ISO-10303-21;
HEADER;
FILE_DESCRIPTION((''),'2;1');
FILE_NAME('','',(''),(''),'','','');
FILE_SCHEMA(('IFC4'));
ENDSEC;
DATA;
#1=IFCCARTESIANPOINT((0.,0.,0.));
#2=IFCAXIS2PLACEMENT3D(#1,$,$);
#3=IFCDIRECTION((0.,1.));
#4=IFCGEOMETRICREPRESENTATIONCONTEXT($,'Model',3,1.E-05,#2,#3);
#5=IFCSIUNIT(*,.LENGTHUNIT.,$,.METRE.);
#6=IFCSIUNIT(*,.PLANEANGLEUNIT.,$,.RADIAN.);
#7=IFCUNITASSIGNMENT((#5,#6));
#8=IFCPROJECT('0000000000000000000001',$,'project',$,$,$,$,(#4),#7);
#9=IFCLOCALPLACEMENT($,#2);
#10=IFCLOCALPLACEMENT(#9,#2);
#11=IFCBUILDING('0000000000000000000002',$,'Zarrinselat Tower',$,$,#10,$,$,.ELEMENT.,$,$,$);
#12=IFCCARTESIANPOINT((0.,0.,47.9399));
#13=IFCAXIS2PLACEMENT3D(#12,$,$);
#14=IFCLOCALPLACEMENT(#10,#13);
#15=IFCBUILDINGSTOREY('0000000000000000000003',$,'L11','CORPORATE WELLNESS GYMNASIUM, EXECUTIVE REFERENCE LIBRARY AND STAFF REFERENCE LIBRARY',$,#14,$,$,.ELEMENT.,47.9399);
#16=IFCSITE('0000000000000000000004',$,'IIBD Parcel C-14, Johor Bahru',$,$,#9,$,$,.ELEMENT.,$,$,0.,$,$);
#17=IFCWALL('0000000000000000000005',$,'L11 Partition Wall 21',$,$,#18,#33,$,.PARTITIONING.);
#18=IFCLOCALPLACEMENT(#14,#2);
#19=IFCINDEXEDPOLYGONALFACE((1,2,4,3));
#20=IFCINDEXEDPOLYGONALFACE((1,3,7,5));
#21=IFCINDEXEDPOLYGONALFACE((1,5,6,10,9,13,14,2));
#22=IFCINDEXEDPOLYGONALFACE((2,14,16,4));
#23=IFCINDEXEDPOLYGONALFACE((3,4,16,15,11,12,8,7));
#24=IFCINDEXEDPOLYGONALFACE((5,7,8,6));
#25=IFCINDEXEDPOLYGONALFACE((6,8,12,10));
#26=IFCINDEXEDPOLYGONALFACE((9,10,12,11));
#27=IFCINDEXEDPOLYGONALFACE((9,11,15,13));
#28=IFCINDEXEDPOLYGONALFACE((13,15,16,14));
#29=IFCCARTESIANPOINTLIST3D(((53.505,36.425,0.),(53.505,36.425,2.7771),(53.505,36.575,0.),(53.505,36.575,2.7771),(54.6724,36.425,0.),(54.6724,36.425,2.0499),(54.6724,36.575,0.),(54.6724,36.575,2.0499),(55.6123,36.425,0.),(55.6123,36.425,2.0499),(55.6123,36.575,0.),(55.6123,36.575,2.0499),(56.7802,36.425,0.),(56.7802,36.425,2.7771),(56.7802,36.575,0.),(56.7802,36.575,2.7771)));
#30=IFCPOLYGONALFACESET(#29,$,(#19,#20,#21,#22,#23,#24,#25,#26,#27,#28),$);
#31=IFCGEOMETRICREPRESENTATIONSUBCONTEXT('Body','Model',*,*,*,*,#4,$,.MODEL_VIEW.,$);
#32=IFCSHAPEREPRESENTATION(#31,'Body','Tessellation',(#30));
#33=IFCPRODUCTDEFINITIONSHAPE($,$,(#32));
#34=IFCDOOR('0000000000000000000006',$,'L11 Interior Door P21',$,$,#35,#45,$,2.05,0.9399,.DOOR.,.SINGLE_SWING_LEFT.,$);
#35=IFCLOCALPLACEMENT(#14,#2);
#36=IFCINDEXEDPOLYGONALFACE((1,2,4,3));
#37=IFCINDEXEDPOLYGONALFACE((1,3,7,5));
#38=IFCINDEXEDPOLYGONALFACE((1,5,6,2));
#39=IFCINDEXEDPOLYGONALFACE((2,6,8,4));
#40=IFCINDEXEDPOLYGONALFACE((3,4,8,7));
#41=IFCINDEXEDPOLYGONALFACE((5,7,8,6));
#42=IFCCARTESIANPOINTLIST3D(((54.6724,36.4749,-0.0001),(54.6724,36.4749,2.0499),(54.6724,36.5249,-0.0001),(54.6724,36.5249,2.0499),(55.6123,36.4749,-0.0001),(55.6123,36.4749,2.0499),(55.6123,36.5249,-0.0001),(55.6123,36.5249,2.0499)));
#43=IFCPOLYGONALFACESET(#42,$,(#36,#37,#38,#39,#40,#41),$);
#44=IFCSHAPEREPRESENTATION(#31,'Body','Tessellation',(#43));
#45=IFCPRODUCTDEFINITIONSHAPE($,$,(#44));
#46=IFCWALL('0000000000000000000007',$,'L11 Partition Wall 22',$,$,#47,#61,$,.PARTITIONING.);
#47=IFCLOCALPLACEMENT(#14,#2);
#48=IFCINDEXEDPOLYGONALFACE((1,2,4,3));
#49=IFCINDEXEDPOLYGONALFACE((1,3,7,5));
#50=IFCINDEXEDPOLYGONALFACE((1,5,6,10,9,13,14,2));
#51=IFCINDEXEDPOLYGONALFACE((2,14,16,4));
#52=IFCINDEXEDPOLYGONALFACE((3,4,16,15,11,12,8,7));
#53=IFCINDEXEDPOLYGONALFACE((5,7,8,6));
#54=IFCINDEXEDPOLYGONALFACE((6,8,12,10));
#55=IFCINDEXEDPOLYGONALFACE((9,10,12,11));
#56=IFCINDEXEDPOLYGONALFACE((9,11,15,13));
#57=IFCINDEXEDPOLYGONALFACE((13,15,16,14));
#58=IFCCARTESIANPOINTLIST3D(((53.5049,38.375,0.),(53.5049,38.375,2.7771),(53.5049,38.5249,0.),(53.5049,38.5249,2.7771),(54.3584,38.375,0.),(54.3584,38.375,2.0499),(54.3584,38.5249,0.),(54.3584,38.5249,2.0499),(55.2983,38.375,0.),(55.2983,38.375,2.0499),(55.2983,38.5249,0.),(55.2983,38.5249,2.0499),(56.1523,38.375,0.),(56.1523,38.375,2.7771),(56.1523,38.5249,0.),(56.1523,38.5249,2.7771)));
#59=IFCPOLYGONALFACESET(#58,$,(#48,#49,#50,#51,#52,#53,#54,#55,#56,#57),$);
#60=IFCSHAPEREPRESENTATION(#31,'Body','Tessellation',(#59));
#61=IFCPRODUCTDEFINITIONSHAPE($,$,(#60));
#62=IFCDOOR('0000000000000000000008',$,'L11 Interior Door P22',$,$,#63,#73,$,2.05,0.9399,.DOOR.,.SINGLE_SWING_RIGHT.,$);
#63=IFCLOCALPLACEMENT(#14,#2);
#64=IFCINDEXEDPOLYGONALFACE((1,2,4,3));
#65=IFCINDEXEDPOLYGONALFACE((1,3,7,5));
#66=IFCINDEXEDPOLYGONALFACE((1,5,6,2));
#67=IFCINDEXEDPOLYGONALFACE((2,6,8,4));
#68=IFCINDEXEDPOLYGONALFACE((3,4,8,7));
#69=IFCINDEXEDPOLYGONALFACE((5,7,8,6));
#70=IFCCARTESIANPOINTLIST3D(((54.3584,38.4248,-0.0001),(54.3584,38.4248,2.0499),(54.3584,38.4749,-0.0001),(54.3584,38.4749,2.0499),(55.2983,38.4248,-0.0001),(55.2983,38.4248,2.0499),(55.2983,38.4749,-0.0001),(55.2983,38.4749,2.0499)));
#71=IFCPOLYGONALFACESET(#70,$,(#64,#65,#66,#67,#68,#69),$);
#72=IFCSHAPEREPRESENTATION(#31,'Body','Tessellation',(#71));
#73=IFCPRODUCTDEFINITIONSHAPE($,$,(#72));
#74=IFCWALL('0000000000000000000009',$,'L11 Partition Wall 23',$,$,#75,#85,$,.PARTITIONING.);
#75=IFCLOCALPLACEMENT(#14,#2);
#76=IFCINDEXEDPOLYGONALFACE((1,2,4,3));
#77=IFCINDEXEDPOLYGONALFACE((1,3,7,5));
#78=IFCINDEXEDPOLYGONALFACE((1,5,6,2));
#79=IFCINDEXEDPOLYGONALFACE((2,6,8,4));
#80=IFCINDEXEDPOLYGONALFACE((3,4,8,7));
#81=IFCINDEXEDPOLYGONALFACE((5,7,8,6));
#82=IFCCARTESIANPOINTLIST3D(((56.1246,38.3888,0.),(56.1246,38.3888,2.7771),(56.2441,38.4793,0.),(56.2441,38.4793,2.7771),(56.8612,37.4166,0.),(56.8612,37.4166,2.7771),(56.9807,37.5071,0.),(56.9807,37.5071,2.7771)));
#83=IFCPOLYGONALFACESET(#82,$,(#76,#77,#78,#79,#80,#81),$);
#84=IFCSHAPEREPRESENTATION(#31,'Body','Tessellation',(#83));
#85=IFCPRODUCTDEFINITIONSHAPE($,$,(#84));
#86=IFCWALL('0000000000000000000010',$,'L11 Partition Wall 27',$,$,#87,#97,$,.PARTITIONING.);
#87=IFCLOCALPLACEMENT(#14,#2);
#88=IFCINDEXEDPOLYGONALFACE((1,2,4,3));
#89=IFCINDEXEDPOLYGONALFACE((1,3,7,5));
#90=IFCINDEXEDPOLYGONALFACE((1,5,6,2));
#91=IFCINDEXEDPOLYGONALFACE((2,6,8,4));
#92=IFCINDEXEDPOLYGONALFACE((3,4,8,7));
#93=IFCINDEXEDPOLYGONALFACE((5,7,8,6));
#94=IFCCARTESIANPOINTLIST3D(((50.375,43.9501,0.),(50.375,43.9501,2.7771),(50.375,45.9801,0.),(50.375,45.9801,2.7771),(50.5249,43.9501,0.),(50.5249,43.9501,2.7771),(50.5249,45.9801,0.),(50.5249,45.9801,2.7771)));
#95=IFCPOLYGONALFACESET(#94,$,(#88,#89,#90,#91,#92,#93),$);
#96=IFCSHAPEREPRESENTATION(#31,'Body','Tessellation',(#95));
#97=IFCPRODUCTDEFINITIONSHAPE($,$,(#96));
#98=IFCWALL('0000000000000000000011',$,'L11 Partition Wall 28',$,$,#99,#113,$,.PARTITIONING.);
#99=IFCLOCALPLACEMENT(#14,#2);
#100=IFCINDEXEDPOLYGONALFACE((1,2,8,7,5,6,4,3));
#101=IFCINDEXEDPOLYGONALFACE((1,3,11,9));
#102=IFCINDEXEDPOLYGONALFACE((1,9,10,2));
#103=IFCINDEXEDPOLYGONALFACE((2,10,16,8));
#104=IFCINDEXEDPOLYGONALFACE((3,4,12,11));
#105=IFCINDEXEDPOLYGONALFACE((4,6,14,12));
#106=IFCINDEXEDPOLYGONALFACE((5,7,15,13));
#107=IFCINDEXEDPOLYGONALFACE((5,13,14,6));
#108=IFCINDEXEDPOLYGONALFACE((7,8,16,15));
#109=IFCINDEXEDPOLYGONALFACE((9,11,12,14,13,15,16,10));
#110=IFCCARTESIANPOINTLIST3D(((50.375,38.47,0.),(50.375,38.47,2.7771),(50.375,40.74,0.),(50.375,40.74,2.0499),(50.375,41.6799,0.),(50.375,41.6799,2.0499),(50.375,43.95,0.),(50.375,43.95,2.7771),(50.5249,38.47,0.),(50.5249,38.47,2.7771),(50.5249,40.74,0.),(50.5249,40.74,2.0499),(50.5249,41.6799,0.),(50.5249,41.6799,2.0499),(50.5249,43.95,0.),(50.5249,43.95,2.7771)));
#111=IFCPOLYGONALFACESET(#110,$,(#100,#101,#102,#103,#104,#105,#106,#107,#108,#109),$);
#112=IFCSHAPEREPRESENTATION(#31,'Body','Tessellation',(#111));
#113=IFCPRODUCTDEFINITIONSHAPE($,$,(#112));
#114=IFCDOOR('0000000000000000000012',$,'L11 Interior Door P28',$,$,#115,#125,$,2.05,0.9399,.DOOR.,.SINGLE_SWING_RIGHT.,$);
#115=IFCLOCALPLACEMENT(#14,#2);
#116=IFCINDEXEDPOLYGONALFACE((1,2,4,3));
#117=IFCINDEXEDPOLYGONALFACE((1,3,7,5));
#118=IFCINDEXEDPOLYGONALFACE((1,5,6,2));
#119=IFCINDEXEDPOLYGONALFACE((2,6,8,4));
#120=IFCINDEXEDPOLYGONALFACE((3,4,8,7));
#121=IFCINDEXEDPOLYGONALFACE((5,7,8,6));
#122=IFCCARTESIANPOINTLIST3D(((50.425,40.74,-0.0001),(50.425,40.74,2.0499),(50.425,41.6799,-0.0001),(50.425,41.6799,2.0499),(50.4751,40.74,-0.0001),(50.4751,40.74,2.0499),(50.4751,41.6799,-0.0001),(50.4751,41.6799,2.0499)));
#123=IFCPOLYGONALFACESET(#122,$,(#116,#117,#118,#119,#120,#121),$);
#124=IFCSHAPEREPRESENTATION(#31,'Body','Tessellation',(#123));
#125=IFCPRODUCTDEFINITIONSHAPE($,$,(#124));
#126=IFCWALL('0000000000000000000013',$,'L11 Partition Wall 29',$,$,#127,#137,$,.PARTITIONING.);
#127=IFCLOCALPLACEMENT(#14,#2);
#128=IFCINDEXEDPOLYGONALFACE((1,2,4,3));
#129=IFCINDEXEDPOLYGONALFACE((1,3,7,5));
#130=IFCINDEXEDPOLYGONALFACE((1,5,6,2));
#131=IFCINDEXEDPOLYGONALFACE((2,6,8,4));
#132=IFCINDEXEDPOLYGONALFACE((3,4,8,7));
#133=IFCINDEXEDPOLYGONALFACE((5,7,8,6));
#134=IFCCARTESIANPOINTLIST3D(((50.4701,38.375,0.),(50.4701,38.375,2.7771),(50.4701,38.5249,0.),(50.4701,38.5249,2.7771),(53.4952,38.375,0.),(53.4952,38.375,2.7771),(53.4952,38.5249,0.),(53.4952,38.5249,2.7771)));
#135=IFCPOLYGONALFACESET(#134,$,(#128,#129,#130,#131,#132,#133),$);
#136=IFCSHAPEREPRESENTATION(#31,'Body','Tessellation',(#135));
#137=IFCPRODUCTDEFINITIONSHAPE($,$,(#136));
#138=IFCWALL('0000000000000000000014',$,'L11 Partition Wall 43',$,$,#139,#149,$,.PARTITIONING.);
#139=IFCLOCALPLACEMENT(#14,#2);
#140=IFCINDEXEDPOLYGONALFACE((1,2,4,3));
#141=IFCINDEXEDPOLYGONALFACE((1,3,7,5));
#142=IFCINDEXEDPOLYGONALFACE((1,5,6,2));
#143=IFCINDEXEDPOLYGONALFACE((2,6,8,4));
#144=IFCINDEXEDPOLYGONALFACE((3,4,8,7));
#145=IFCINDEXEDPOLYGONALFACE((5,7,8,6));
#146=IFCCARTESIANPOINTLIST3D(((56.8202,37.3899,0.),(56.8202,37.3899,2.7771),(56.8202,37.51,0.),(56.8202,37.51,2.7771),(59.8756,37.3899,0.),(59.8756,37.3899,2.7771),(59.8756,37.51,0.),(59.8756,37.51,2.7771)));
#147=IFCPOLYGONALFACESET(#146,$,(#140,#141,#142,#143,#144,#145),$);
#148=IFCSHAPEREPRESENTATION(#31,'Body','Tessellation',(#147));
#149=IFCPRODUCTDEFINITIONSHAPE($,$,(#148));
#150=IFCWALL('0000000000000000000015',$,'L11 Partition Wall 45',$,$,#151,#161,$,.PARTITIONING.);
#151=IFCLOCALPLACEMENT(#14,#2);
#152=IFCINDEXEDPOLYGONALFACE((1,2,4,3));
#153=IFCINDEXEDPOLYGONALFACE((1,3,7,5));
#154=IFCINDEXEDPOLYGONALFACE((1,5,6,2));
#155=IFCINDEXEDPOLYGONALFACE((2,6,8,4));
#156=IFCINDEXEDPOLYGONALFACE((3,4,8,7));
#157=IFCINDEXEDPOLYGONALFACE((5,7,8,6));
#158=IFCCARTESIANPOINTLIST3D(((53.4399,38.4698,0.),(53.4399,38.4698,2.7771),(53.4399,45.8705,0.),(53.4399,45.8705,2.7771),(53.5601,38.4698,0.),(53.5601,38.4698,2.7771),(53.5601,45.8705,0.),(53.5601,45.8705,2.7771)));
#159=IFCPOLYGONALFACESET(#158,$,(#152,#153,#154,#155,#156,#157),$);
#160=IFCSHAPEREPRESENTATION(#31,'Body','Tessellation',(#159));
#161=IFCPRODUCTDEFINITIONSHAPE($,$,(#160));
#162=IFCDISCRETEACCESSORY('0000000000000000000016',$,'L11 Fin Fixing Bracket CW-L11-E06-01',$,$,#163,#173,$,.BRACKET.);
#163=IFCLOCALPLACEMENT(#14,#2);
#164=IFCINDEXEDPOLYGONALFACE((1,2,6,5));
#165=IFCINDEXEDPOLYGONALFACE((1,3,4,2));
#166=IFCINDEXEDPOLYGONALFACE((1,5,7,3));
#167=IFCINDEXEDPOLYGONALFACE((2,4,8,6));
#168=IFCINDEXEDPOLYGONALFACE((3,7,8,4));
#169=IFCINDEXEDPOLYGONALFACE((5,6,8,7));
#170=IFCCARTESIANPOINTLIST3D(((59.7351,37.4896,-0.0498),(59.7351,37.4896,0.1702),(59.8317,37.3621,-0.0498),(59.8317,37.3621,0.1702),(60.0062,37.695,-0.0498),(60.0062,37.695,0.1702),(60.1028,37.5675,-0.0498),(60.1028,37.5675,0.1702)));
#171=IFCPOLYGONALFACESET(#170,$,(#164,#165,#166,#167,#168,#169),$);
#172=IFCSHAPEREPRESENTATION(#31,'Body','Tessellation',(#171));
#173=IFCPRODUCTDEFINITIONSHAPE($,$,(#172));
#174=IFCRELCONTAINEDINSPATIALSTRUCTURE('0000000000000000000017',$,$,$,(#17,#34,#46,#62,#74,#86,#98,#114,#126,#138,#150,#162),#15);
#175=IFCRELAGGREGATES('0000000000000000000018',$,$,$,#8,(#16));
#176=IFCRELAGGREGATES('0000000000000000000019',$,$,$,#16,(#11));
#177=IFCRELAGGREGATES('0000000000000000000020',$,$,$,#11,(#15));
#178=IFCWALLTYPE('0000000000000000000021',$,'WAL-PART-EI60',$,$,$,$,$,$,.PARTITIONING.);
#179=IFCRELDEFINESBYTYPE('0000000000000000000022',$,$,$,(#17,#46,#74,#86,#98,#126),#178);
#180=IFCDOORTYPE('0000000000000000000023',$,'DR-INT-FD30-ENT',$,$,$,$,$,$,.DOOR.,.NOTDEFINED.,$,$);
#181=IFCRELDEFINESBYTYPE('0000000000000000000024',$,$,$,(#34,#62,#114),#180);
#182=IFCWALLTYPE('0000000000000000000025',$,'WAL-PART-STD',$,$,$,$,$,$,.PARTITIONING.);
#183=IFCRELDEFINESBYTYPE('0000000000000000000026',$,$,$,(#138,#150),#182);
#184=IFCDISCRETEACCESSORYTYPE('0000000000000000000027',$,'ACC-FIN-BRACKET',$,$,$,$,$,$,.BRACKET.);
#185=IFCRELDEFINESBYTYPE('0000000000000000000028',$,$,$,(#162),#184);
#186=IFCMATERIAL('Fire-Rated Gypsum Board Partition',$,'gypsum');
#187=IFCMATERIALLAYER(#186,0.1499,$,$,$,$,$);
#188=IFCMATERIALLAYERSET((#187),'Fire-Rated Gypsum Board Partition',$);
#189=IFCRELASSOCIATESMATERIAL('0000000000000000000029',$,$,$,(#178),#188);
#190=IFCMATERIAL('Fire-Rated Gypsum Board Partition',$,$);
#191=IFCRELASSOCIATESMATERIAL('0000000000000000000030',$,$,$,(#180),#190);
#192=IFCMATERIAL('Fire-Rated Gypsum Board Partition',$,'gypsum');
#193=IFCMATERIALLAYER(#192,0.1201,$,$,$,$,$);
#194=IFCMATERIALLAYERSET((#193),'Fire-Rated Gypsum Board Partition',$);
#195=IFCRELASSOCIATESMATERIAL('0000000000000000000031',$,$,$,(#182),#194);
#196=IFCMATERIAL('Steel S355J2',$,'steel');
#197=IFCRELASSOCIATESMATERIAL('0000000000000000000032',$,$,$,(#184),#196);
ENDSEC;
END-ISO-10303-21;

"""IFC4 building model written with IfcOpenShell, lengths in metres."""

from ifc_helpers import new_model, si_unit, direction, frame, frame_2d, origin, origin_2d, place, context, subcontext, project, spatial, rectangle, extrude, material, layer, layer_set, type_object, element, fill, save


model = new_model("IFC4")

# Units and contexts
model_context = context("Model", 3, precision=1e-05, world=origin(), true_north=direction((0.0, 1.0)))
body_context = subcontext(model_context, "Body", "Model", "MODEL_VIEW")
ifc_project = project(units=[si_unit("LENGTHUNIT", "METRE"), si_unit("PLANEANGLEUNIT", "RADIAN")], contexts=[model_context])

# Site, building, storey
site_placement = place(None, origin())
site = spatial("IfcSite", under=ifc_project, at=site_placement, Name="IIBD Parcel C-14, Johor Bahru", CompositionType="ELEMENT", RefElevation=0.0)
building_placement = place(site_placement, origin())
building = spatial("IfcBuilding", under=site, at=building_placement, Name="Zarrinselat Tower", CompositionType="ELEMENT")
storey_placement = place(building_placement, frame((0.0, 0.0, 47.9399)))
storey = spatial("IfcBuildingStorey", under=building, at=storey_placement, Name="L11", Description="CORPORATE WELLNESS GYMNASIUM, EXECUTIVE REFERENCE LIBRARY AND STAFF REFERENCE LIBRARY", CompositionType="ELEMENT", Elevation=47.9399)

# Shared definitions
ifc_material_1 = material(Name="Fire-Rated Gypsum Board Partition", Category="gypsum")
ifc_layer_1 = layer(ifc_material_1, 0.1499)
ifc_layer_set_1 = layer_set([ifc_layer_1], Name="Fire-Rated Gypsum Board Partition")
wall_type_1 = type_object("IfcWallType", Name="WAL-PART-EI60", PredefinedType="PARTITIONING", material=ifc_layer_set_1)

# Walls, openings, doors
wall_1_placement = place(storey_placement, frame((53.5049, 36.5, 0.0), z_axis=(0.0, 0.0, 1.0), x_axis=(1.0, 0.0, 0.0)))
wall_1 = element("IfcWall", 1, at=wall_1_placement, inside=storey, type_object=wall_type_1, Name="L11 Partition Wall 21", PredefinedType="PARTITIONING", context=body_context, shape_type="SweptSolid", body=[
    extrude(rectangle(XDim=3.2751, YDim=0.1499, at=frame_2d((1.6377, 0.0))), origin(), (0.0, 0.0, 1.0), 2.7771),
])
opening_1_placement = place(wall_1_placement, frame((1.1675, 0.0, 0.0)))
opening_1 = element("IfcOpeningElement", 2, at=opening_1_placement, cuts=wall_1, PredefinedType="OPENING", context=body_context, shape_type="SweptSolid", body=[
    extrude(rectangle(XDim=0.9399, YDim=2.05, at=frame_2d((0.47, 1.0249))), frame((0.0, 0.085, 0.0), z_axis=(0.0, -1.0, 0.0), x_axis=(1.0, 0.0, 0.0)), (0.0, 0.0, 1.0), 0.1699),
])
ifc_material_2 = material(Name="Fire-Rated Gypsum Board Partition")
door_type = type_object("IfcDoorType", Name="DR-INT-FD30-ENT", OperationType="NOTDEFINED", PredefinedType="DOOR", material=ifc_material_2)
door_1_placement = place(opening_1_placement, origin())
door_1 = element("IfcDoor", 3, at=door_1_placement, inside=storey, type_object=door_type, Name="L11 Interior Door P21", OperationType="SINGLE_SWING_LEFT", OverallHeight=2.05, OverallWidth=0.9399, PredefinedType="DOOR", context=body_context, shape_type="SweptSolid", body=[
    extrude(rectangle(XDim=0.9399, YDim=2.05, at=frame_2d((0.47, 1.0249))), frame((0.0, 0.0249, 0.0), z_axis=(0.0, -1.0, 0.0), x_axis=(1.0, 0.0, 0.0)), (0.0, 0.0, 1.0), 0.05),
])
fill(opening_1, door_1)
wall_2_placement = place(storey_placement, frame((53.5049, 38.45, 0.0), z_axis=(0.0, 0.0, 1.0), x_axis=(1.0, 0.0, 0.0)))
wall_2 = element("IfcWall", 4, at=wall_2_placement, inside=storey, type_object=wall_type_1, Name="L11 Partition Wall 22", PredefinedType="PARTITIONING", context=body_context, shape_type="SweptSolid", body=[
    extrude(rectangle(XDim=2.6475, YDim=0.1499, at=frame_2d((1.3237, 0.0))), origin(), (0.0, 0.0, 1.0), 2.7771),
])
opening_2_placement = place(wall_2_placement, frame((0.8535, 0.0, 0.0)))
opening_2 = element("IfcOpeningElement", 5, at=opening_2_placement, cuts=wall_2, PredefinedType="OPENING", context=body_context, shape_type="SweptSolid", body=[
    extrude(rectangle(XDim=0.9399, YDim=2.05, at=frame_2d((0.47, 1.0249))), frame((0.0, 0.085, 0.0), z_axis=(0.0, -1.0, 0.0), x_axis=(1.0, 0.0, 0.0)), (0.0, 0.0, 1.0), 0.1699),
])
door_2_placement = place(opening_2_placement, origin())
door_2 = element("IfcDoor", 6, at=door_2_placement, inside=storey, type_object=door_type, Name="L11 Interior Door P22", OperationType="SINGLE_SWING_RIGHT", OverallHeight=2.05, OverallWidth=0.9399, PredefinedType="DOOR", context=body_context, shape_type="SweptSolid", body=[
    extrude(rectangle(XDim=0.9399, YDim=2.05, at=frame_2d((0.47, 1.0249))), frame((0.0, 0.0249, 0.0), z_axis=(0.0, -1.0, 0.0), x_axis=(1.0, 0.0, 0.0)), (0.0, 0.0, 1.0), 0.05),
])
fill(opening_2, door_2)

# Walls
wall_3_placement = place(storey_placement, frame((56.1843, 38.4341, 0.0), z_axis=(0.0, 0.0, 1.0), x_axis=(0.6039, -0.79706, 0.0)))
element("IfcWall", 7, at=wall_3_placement, inside=storey, type_object=wall_type_1, Name="L11 Partition Wall 23", PredefinedType="PARTITIONING", context=body_context, shape_type="SweptSolid", body=[
    extrude(rectangle(XDim=1.2197, YDim=0.1499, at=frame_2d((0.6099, 0.0))), origin(), (0.0, 0.0, 1.0), 2.7771),
])
wall_4_placement = place(storey_placement, frame((50.45, 43.95, 0.0), z_axis=(0.0, 0.0, 1.0), x_axis=(0.0, 1.0, 0.0)))
element("IfcWall", 8, at=wall_4_placement, inside=storey, type_object=wall_type_1, Name="L11 Partition Wall 27", PredefinedType="PARTITIONING", context=body_context, shape_type="SweptSolid", body=[
    extrude(rectangle(XDim=2.03, YDim=0.1499, at=frame_2d((1.0151, 0.0))), origin(), (0.0, 0.0, 1.0), 2.7771),
])

# Wall, opening, door
wall_5_placement = place(storey_placement, frame((50.45, 38.47, 0.0), z_axis=(0.0, 0.0, 1.0), x_axis=(0.0, 1.0, 0.0)))
wall_5 = element("IfcWall", 9, at=wall_5_placement, inside=storey, type_object=wall_type_1, Name="L11 Partition Wall 28", PredefinedType="PARTITIONING", context=body_context, shape_type="SweptSolid", body=[
    extrude(rectangle(XDim=5.48, YDim=0.1499, at=frame_2d((2.74, 0.0))), origin(), (0.0, 0.0, 1.0), 2.7771),
])
opening_3_placement = place(wall_5_placement, frame((2.27, 0.0, 0.0)))
opening_3 = element("IfcOpeningElement", 10, at=opening_3_placement, cuts=wall_5, PredefinedType="OPENING", context=body_context, shape_type="SweptSolid", body=[
    extrude(rectangle(XDim=0.9399, YDim=2.05, at=frame_2d((0.47, 1.0249))), frame((0.0, 0.085, 0.0), z_axis=(0.0, -1.0, 0.0), x_axis=(1.0, 0.0, 0.0)), (0.0, 0.0, 1.0), 0.1699),
])
door_3_placement = place(opening_3_placement, origin())
door_3 = element("IfcDoor", 11, at=door_3_placement, inside=storey, type_object=door_type, Name="L11 Interior Door P28", OperationType="SINGLE_SWING_RIGHT", OverallHeight=2.05, OverallWidth=0.9399, PredefinedType="DOOR", context=body_context, shape_type="SweptSolid", body=[
    extrude(rectangle(XDim=0.9399, YDim=2.05, at=frame_2d((0.47, 1.0249))), frame((0.0, 0.0249, 0.0), z_axis=(0.0, -1.0, 0.0), x_axis=(1.0, 0.0, 0.0)), (0.0, 0.0, 1.0), 0.05),
])
fill(opening_3, door_3)

# Walls
wall_6_placement = place(storey_placement, frame((50.47, 38.45, 0.0), z_axis=(0.0, 0.0, 1.0), x_axis=(1.0, 0.0, 0.0)))
element("IfcWall", 12, at=wall_6_placement, inside=storey, type_object=wall_type_1, Name="L11 Partition Wall 29", PredefinedType="PARTITIONING", context=body_context, shape_type="SweptSolid", body=[
    extrude(rectangle(XDim=3.0251, YDim=0.1499, at=frame_2d((1.5127, 0.0))), origin(), (0.0, 0.0, 1.0), 2.7771),
])
ifc_material_3 = material(Name="Fire-Rated Gypsum Board Partition", Category="gypsum")
ifc_layer_2 = layer(ifc_material_3, 0.1201)
ifc_layer_set_2 = layer_set([ifc_layer_2], Name="Fire-Rated Gypsum Board Partition")
wall_type_2 = type_object("IfcWallType", Name="WAL-PART-STD", PredefinedType="PARTITIONING", material=ifc_layer_set_2)
wall_7_placement = place(storey_placement, frame((56.8201, 37.45, 0.0), z_axis=(0.0, 0.0, 1.0), x_axis=(1.0, 0.0, 0.0)))
element("IfcWall", 13, at=wall_7_placement, inside=storey, type_object=wall_type_2, Name="L11 Partition Wall 43", PredefinedType="PARTITIONING", context=body_context, shape_type="SweptSolid", body=[
    extrude(rectangle(XDim=3.0554, YDim=0.1201, at=frame_2d((1.5278, 0.0))), origin(), (0.0, 0.0, 1.0), 2.7771),
])
wall_8_placement = place(storey_placement, frame((53.5, 38.47, 0.0), z_axis=(0.0, 0.0, 1.0), x_axis=(0.0, 1.0, 0.0)))
element("IfcWall", 14, at=wall_8_placement, inside=storey, type_object=wall_type_2, Name="L11 Partition Wall 45", PredefinedType="PARTITIONING", context=body_context, shape_type="SweptSolid", body=[
    extrude(rectangle(XDim=7.4006, YDim=0.1201, at=frame_2d((3.7002, 0.0))), origin(), (0.0, 0.0, 1.0), 2.7771),
])

# Discrete accessory
ifc_material_4 = material(Name="Steel S355J2", Category="steel")
discrete_accessory_type = type_object("IfcDiscreteAccessoryType", Name="ACC-FIN-BRACKET", PredefinedType="BRACKET", material=ifc_material_4)
discrete_accessory_placement = place(storey_placement, frame((59.9189, 37.5286, -0.0498), z_axis=(0.0, 0.0, 1.0), x_axis=(0.797092, 0.603858, 0.0)))
element("IfcDiscreteAccessory", 15, at=discrete_accessory_placement, inside=storey, type_object=discrete_accessory_type, Name="L11 Fin Fixing Bracket CW-L11-E06-01", PredefinedType="BRACKET", context=body_context, shape_type="SweptSolid", body=[
    extrude(rectangle(XDim=0.3401, YDim=0.1599, at=origin_2d()), origin(), (0.0, 0.0, 1.0), 0.22),
])

save(model, "model.ifc")
